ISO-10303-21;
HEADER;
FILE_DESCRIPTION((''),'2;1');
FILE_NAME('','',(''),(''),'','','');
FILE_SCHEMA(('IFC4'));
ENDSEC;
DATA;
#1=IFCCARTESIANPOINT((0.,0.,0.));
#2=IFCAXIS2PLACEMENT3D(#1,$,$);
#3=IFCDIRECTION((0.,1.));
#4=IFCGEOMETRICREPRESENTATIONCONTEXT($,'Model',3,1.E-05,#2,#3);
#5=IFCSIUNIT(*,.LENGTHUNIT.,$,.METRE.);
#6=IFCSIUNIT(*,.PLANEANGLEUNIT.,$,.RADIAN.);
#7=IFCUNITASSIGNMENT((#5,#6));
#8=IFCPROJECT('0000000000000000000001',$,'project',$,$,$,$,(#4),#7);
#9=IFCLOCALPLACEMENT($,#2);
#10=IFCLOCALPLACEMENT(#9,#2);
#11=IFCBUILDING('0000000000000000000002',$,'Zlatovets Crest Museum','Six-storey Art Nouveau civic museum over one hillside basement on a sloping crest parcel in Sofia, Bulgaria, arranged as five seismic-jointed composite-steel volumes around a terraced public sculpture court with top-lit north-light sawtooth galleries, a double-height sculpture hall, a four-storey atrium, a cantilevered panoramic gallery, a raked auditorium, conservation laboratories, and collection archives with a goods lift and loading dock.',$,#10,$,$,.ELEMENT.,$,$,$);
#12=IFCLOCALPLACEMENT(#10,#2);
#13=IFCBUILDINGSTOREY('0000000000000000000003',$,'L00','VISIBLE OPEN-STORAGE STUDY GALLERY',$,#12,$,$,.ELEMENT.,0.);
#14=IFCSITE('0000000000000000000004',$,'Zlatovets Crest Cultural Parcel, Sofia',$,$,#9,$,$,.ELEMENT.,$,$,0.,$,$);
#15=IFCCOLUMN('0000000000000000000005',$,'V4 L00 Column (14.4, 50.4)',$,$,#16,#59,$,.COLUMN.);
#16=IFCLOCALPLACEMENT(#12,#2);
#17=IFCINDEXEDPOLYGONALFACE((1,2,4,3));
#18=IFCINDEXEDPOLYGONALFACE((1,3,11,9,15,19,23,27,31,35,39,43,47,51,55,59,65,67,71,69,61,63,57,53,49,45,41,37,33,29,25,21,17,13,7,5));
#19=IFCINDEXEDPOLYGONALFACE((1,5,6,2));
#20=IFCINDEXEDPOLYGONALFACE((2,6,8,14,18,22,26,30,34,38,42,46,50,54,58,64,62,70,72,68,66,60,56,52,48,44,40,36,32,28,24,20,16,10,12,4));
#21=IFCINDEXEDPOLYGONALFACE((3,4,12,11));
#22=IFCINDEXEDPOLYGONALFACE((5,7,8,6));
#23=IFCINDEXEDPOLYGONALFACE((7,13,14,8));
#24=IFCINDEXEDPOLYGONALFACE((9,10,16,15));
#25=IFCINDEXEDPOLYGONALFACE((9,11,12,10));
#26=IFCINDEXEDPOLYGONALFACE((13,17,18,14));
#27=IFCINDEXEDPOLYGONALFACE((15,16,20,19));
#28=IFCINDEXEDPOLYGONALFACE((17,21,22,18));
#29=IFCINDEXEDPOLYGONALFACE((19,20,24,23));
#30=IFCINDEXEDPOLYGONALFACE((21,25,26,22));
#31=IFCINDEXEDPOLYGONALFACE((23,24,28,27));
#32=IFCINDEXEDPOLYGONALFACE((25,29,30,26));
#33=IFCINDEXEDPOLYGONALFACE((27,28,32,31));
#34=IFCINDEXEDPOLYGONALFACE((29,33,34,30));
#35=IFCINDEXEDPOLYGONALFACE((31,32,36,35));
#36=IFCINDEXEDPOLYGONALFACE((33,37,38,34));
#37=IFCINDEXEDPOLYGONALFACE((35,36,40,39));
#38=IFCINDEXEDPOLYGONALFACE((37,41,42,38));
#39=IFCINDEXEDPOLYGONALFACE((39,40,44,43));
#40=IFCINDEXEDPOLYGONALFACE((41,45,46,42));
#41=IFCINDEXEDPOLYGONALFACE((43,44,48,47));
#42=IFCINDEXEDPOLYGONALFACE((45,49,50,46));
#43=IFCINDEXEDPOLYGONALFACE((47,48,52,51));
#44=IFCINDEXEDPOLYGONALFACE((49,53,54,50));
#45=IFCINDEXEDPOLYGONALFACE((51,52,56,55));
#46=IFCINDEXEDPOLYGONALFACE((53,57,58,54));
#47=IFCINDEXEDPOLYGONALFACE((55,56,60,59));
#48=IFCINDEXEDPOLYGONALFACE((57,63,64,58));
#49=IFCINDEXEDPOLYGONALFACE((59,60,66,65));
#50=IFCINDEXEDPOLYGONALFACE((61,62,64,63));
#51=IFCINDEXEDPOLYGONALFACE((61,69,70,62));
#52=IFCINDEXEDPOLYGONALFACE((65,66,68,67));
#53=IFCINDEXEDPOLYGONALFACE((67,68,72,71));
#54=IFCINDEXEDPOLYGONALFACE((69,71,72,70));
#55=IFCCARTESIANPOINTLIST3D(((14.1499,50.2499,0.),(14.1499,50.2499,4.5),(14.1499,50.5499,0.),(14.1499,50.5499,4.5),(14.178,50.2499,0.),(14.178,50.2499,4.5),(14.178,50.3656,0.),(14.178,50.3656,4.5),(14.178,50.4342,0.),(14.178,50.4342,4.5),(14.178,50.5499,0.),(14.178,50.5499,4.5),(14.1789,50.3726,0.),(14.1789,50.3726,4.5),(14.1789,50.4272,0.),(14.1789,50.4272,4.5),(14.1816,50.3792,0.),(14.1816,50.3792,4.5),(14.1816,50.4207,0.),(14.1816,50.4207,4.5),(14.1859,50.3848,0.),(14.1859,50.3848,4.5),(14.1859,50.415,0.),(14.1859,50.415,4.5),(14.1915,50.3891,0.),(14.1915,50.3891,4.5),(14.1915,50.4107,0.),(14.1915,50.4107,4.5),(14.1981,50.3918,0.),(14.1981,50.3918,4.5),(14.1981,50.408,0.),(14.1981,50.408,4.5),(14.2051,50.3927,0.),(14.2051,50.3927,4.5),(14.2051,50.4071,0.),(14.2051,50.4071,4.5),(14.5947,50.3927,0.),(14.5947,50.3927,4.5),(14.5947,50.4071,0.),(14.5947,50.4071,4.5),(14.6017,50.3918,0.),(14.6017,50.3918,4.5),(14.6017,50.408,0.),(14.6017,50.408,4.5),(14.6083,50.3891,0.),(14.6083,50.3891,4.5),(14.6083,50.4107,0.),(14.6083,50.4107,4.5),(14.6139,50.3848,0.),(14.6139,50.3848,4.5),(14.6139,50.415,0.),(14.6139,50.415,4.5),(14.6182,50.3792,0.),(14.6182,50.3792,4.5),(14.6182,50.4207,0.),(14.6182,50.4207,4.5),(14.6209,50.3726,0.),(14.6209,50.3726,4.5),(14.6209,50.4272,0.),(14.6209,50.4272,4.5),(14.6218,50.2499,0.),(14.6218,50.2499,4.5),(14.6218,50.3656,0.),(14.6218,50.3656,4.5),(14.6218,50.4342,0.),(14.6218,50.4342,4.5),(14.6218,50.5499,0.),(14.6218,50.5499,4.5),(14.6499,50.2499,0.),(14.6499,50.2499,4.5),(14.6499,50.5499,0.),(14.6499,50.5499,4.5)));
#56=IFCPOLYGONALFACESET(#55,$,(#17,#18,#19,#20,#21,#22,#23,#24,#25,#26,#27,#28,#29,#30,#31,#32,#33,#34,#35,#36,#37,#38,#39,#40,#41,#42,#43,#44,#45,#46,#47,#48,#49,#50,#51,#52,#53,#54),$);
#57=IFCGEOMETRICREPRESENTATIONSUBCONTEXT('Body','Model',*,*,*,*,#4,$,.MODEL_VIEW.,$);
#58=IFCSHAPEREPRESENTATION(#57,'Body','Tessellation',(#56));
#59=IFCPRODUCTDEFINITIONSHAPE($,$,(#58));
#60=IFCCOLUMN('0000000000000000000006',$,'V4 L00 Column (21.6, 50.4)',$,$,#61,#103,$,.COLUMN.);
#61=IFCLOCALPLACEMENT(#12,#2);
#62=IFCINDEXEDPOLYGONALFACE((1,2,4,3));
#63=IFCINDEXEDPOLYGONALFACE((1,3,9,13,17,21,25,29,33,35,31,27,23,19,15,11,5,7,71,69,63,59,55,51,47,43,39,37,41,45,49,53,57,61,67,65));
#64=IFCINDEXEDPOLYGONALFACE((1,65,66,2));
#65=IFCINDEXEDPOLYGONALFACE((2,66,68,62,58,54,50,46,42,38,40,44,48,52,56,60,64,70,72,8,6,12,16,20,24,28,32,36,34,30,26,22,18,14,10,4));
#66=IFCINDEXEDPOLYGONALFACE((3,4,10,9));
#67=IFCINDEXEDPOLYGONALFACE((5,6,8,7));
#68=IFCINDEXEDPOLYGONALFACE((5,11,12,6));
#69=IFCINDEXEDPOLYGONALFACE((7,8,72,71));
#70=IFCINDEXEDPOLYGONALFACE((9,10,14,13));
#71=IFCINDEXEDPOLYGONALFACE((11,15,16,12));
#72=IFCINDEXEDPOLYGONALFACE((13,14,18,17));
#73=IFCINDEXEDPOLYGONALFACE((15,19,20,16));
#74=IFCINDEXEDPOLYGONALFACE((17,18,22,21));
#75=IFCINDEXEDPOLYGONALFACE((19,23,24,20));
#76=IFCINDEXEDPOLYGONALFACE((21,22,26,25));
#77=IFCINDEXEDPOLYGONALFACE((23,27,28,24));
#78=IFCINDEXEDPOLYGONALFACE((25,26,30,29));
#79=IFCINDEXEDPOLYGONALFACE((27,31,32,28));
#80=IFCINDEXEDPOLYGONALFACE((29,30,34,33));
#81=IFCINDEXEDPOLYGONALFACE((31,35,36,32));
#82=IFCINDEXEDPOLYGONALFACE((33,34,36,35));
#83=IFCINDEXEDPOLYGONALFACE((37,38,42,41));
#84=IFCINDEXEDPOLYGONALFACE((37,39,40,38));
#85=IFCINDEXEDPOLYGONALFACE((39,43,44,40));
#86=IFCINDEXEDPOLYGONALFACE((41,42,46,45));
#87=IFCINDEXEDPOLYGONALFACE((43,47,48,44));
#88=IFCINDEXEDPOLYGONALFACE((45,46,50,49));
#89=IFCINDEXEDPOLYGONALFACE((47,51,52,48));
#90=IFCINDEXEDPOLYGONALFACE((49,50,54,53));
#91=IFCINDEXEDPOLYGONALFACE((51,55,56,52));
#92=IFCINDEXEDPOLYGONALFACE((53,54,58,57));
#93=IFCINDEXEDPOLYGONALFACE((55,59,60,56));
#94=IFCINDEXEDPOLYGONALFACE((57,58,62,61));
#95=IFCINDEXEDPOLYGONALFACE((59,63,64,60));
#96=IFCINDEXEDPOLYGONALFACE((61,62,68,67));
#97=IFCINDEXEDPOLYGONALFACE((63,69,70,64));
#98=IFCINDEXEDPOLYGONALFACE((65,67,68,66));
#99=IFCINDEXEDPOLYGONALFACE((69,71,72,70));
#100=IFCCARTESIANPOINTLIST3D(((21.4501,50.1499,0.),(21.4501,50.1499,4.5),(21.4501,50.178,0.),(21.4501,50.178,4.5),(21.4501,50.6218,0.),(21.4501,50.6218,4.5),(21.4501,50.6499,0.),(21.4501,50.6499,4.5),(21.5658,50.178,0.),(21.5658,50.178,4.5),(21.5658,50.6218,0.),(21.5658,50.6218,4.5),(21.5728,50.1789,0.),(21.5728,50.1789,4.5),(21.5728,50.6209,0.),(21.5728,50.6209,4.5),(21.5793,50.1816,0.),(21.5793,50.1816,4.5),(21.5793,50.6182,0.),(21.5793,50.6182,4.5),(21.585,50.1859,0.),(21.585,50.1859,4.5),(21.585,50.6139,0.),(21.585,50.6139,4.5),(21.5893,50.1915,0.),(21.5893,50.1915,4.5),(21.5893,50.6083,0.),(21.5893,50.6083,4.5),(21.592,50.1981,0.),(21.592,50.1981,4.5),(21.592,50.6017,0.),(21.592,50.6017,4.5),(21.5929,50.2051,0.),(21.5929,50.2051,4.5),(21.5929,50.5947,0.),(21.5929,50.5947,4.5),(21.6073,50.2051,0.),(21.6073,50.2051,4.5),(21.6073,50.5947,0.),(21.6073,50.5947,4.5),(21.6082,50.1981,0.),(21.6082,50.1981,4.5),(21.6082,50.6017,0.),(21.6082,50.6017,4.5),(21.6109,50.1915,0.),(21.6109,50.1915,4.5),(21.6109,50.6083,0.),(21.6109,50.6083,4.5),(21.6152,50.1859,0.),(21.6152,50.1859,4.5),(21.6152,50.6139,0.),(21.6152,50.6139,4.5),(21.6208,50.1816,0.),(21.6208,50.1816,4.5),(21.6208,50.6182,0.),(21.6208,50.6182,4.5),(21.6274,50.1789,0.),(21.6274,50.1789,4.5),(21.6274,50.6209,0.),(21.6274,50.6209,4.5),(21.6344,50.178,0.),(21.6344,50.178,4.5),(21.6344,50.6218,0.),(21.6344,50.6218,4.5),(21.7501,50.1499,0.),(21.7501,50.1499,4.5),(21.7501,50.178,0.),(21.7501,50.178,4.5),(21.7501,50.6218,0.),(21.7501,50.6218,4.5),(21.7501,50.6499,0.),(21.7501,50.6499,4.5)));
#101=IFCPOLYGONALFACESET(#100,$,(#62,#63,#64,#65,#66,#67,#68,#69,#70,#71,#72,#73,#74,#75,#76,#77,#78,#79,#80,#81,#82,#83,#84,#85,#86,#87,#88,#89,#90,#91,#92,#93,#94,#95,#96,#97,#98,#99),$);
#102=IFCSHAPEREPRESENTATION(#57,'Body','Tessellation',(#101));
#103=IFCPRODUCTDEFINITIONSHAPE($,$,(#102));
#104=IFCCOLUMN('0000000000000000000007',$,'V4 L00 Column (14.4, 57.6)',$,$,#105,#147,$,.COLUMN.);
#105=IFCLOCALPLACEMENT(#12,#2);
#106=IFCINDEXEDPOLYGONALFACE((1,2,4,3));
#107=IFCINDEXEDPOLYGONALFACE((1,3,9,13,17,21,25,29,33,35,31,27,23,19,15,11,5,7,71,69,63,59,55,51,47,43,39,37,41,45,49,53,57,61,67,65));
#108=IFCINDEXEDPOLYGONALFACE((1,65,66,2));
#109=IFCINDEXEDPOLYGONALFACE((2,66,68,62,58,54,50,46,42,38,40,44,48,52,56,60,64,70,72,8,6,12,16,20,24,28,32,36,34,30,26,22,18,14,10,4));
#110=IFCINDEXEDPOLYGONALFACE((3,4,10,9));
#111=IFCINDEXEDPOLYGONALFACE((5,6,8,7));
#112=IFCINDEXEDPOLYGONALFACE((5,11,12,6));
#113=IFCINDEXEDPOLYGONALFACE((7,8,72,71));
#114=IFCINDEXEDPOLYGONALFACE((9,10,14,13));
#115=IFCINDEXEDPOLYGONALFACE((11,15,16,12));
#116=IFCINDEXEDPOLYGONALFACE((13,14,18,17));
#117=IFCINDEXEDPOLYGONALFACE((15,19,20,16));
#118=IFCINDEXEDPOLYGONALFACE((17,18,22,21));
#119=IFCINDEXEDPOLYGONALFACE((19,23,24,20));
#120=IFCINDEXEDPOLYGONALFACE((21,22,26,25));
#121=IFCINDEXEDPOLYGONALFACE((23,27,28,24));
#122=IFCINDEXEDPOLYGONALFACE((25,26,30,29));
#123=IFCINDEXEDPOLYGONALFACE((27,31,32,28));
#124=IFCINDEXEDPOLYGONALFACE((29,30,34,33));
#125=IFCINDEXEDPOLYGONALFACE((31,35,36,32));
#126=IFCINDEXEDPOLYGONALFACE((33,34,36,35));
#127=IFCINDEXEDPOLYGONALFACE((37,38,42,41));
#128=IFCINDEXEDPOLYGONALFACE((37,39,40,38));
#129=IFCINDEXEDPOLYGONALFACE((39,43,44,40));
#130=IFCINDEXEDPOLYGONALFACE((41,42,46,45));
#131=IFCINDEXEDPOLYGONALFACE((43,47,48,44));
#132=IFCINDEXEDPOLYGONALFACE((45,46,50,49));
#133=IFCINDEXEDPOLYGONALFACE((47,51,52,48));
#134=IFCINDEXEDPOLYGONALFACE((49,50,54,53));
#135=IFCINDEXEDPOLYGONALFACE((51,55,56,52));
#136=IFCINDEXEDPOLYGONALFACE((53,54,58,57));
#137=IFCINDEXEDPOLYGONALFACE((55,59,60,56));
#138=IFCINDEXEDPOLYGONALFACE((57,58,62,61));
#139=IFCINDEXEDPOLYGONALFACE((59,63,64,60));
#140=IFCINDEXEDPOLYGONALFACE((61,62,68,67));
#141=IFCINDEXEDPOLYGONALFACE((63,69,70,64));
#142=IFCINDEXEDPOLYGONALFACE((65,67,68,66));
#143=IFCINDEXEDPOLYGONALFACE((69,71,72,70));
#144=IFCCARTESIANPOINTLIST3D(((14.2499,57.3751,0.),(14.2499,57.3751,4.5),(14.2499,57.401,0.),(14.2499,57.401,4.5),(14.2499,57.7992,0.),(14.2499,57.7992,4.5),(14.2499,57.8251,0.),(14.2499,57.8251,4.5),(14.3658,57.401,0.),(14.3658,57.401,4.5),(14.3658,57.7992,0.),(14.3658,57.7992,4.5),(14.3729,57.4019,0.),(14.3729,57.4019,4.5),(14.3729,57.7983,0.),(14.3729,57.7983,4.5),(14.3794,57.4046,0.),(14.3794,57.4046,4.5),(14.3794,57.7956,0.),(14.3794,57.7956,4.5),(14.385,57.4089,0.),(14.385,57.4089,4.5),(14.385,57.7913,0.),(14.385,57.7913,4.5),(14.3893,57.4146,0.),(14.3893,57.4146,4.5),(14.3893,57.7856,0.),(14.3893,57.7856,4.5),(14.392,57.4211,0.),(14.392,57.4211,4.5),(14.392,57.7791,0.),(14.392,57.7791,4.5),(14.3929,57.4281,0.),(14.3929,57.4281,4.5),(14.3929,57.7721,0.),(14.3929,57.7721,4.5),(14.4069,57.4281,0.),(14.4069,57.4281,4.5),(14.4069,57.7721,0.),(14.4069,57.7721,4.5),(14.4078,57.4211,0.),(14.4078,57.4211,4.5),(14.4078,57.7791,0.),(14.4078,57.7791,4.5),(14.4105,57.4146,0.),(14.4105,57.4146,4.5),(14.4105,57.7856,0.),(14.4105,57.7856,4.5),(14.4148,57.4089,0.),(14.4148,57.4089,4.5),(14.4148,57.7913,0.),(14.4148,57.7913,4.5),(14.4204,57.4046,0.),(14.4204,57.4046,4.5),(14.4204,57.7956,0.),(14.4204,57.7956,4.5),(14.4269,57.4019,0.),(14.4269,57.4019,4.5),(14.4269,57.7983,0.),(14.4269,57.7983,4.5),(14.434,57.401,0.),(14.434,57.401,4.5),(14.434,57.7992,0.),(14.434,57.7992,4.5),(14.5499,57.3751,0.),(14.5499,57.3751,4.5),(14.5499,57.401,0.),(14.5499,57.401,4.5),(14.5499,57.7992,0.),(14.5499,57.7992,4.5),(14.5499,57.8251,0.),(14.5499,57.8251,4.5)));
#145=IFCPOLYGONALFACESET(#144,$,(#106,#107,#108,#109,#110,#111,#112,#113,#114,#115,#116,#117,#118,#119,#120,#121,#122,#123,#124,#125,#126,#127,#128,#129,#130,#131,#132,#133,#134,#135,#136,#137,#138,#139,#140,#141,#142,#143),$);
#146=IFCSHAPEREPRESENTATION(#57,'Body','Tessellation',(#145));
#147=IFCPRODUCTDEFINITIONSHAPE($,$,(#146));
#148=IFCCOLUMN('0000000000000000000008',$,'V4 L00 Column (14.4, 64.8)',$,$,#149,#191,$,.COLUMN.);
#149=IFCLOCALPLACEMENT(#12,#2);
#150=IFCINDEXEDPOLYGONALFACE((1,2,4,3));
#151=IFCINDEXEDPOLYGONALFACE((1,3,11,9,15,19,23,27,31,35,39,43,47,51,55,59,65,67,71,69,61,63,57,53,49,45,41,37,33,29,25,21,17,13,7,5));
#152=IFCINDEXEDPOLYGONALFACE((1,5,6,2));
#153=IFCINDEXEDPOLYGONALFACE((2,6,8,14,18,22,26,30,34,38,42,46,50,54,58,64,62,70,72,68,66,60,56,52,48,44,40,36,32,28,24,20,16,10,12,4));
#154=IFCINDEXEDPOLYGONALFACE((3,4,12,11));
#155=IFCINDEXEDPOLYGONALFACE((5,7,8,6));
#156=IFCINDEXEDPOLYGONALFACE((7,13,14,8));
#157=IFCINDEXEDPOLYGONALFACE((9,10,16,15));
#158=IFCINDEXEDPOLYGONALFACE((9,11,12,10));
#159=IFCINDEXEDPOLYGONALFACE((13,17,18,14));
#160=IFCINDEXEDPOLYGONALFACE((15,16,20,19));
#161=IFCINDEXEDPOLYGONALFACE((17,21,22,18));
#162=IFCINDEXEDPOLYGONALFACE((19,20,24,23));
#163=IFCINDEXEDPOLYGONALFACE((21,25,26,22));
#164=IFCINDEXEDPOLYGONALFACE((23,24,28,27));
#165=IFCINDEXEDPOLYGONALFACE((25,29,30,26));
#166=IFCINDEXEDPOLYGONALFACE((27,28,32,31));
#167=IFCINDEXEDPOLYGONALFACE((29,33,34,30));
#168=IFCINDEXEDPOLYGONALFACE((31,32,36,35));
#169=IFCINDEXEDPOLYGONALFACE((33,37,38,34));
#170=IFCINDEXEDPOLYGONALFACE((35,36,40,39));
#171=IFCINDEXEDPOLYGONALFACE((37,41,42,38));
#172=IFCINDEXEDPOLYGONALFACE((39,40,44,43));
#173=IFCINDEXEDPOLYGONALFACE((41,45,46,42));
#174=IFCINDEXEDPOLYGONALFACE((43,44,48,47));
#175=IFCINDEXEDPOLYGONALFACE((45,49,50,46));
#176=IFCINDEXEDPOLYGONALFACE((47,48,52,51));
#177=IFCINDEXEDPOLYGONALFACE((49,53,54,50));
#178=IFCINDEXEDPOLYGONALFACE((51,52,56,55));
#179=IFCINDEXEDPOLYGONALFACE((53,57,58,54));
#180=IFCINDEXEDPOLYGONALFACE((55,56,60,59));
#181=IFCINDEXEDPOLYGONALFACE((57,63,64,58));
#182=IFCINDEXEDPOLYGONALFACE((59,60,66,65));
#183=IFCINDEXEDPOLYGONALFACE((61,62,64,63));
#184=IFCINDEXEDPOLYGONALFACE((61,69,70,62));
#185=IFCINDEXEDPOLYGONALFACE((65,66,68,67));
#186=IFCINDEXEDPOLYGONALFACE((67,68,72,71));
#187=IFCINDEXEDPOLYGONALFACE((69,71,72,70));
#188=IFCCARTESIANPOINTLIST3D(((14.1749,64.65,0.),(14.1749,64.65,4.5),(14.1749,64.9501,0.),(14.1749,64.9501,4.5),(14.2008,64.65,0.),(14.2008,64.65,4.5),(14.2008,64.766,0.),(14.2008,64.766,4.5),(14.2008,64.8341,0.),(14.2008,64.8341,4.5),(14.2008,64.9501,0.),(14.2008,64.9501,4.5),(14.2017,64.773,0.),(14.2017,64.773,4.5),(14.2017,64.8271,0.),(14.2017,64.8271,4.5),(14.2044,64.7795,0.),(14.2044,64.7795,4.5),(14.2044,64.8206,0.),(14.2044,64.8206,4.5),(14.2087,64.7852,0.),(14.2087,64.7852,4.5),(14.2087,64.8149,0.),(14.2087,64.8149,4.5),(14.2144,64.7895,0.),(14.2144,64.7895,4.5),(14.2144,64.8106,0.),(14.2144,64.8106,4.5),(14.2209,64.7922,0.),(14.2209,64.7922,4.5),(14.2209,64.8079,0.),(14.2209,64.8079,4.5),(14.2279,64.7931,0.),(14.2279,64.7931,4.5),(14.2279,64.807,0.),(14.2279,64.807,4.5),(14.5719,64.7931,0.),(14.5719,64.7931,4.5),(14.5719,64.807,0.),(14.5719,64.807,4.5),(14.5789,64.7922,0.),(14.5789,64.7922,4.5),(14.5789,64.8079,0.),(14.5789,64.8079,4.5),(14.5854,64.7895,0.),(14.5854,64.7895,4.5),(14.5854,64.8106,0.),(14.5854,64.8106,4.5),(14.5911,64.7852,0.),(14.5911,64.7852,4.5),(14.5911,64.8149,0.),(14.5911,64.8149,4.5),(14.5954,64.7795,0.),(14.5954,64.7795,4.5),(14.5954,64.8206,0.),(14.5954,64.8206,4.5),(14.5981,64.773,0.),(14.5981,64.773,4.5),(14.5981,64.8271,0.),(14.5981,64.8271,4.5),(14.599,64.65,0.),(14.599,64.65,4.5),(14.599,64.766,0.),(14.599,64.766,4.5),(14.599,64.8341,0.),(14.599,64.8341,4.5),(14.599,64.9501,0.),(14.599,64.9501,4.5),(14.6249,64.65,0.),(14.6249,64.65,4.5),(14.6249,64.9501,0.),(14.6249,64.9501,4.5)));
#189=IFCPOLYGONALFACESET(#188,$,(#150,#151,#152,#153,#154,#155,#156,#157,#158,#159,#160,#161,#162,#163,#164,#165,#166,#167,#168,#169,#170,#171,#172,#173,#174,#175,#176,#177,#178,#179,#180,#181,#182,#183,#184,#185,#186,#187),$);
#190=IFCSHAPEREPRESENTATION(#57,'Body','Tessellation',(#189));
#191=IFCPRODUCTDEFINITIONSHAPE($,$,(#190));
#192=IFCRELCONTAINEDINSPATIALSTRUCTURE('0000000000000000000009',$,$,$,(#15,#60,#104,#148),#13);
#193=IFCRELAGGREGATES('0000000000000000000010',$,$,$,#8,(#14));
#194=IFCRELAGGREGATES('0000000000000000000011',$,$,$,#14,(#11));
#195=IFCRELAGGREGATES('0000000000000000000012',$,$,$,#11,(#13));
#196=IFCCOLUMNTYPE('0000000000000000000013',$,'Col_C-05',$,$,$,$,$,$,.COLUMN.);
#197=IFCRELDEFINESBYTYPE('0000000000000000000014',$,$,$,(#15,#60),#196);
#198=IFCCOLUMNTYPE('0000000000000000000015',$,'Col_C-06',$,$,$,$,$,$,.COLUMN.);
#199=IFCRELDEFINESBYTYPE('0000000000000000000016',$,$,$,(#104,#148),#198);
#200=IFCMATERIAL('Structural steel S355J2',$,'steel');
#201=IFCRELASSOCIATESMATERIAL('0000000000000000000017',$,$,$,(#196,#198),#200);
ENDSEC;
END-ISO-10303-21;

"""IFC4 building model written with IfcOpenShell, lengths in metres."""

from ifc_helpers import new_model, si_unit, direction, frame, origin, origin_2d, place, context, subcontext, project, spatial, i_section, extrude, material, material_profile, profile_set, type_object, element, save


model = new_model("IFC4")

# Units and contexts
model_context = context("Model", 3, precision=1e-05, world=origin(), true_north=direction((0.0, 1.0)))
body_context = subcontext(model_context, "Body", "Model", "MODEL_VIEW")
ifc_project = project(units=[si_unit("LENGTHUNIT", "METRE"), si_unit("PLANEANGLEUNIT", "RADIAN")], contexts=[model_context])

# Site, building, storey
site_placement = place(None, origin())
site = spatial("IfcSite", under=ifc_project, at=site_placement, Name="Zlatovets Crest Cultural Parcel, Sofia", CompositionType="ELEMENT", RefElevation=0.0)
building_placement = place(site_placement, origin())
building = spatial("IfcBuilding", under=site, at=building_placement, Name="Zlatovets Crest Museum", Description="Six-storey Art Nouveau civic museum over one hillside basement on a sloping crest parcel in Sofia, Bulgaria, arranged as five seismic-jointed composite-steel volumes around a terraced public sculpture court with top-lit north-light sawtooth galleries, a double-height sculpture hall, a four-storey atrium, a cantilevered panoramic gallery, a raked auditorium, conservation laboratories, and collection archives with a goods lift and loading dock.", CompositionType="ELEMENT")
storey_placement = place(building_placement, origin())
storey = spatial("IfcBuildingStorey", under=building, at=storey_placement, Name="L00", Description="VISIBLE OPEN-STORAGE STUDY GALLERY", CompositionType="ELEMENT", Elevation=0.0)

# Columns
ifc_material_1 = material(Name="Structural steel S355J2", Category="steel")
ifc_material_profile_1 = material_profile(ifc_material_1, i_section(OverallWidth=0.3, OverallDepth=0.5, WebThickness=0.0144, FlangeThickness=0.0281, FilletRadius=0.0271, at=origin_2d()), Name="HEB 500")
ifc_profile_set_1 = profile_set([ifc_material_profile_1], Name="Structural steel S355J2")
column_type_1 = type_object("IfcColumnType", Name="Col_C-05", PredefinedType="COLUMN", material=ifc_profile_set_1)
for number, where, z_axis, x_axis, name in (
    (1, (14.3999, 50.3999, 0.0), (0.0, 0.0, 1.0), (0.0, 1.0, 0.0), "V4 L00 Column (14.4, 50.4)"),
    (2, (21.6001, 50.3999, 0.0), (0.0, 0.0, 1.0), (1.0, 0.0, 0.0), "V4 L00 Column (21.6, 50.4)"),
):
    element("IfcColumn", number, at=place(storey_placement, frame(where, z_axis=z_axis, x_axis=x_axis)), inside=storey, type_object=column_type_1, Name=name, PredefinedType="COLUMN", context=body_context, shape_type="SweptSolid", body=[
        extrude(i_section(OverallWidth=0.3, OverallDepth=0.5, WebThickness=0.0144, FlangeThickness=0.0281, FilletRadius=0.0271, at=origin_2d()), origin(), (0.0, 0.0, 1.0), 4.5),
    ])
ifc_material_profile_2 = material_profile(ifc_material_1, i_section(OverallWidth=0.3, OverallDepth=0.45, WebThickness=0.0139, FlangeThickness=0.0259, FilletRadius=0.0271, at=origin_2d()), Name="HEB 450")
ifc_profile_set_2 = profile_set([ifc_material_profile_2], Name="Structural steel S355J2")
column_type_2 = type_object("IfcColumnType", Name="Col_C-06", PredefinedType="COLUMN", material=ifc_profile_set_2)
for number, where, z_axis, x_axis, name in (
    (3, (14.3999, 57.6001, 0.0), (0.0, 0.0, 1.0), (1.0, 0.0, 0.0), "V4 L00 Column (14.4, 57.6)"),
    (4, (14.3999, 64.8, 0.0), (0.0, 0.0, 1.0), (0.0, 1.0, 0.0), "V4 L00 Column (14.4, 64.8)"),
):
    element("IfcColumn", number, at=place(storey_placement, frame(where, z_axis=z_axis, x_axis=x_axis)), inside=storey, type_object=column_type_2, Name=name, PredefinedType="COLUMN", context=body_context, shape_type="SweptSolid", body=[
        extrude(i_section(OverallWidth=0.3, OverallDepth=0.45, WebThickness=0.0139, FlangeThickness=0.0259, FilletRadius=0.0271, at=origin_2d()), origin(), (0.0, 0.0, 1.0), 4.5),
    ])

save(model, "model.ifc")
